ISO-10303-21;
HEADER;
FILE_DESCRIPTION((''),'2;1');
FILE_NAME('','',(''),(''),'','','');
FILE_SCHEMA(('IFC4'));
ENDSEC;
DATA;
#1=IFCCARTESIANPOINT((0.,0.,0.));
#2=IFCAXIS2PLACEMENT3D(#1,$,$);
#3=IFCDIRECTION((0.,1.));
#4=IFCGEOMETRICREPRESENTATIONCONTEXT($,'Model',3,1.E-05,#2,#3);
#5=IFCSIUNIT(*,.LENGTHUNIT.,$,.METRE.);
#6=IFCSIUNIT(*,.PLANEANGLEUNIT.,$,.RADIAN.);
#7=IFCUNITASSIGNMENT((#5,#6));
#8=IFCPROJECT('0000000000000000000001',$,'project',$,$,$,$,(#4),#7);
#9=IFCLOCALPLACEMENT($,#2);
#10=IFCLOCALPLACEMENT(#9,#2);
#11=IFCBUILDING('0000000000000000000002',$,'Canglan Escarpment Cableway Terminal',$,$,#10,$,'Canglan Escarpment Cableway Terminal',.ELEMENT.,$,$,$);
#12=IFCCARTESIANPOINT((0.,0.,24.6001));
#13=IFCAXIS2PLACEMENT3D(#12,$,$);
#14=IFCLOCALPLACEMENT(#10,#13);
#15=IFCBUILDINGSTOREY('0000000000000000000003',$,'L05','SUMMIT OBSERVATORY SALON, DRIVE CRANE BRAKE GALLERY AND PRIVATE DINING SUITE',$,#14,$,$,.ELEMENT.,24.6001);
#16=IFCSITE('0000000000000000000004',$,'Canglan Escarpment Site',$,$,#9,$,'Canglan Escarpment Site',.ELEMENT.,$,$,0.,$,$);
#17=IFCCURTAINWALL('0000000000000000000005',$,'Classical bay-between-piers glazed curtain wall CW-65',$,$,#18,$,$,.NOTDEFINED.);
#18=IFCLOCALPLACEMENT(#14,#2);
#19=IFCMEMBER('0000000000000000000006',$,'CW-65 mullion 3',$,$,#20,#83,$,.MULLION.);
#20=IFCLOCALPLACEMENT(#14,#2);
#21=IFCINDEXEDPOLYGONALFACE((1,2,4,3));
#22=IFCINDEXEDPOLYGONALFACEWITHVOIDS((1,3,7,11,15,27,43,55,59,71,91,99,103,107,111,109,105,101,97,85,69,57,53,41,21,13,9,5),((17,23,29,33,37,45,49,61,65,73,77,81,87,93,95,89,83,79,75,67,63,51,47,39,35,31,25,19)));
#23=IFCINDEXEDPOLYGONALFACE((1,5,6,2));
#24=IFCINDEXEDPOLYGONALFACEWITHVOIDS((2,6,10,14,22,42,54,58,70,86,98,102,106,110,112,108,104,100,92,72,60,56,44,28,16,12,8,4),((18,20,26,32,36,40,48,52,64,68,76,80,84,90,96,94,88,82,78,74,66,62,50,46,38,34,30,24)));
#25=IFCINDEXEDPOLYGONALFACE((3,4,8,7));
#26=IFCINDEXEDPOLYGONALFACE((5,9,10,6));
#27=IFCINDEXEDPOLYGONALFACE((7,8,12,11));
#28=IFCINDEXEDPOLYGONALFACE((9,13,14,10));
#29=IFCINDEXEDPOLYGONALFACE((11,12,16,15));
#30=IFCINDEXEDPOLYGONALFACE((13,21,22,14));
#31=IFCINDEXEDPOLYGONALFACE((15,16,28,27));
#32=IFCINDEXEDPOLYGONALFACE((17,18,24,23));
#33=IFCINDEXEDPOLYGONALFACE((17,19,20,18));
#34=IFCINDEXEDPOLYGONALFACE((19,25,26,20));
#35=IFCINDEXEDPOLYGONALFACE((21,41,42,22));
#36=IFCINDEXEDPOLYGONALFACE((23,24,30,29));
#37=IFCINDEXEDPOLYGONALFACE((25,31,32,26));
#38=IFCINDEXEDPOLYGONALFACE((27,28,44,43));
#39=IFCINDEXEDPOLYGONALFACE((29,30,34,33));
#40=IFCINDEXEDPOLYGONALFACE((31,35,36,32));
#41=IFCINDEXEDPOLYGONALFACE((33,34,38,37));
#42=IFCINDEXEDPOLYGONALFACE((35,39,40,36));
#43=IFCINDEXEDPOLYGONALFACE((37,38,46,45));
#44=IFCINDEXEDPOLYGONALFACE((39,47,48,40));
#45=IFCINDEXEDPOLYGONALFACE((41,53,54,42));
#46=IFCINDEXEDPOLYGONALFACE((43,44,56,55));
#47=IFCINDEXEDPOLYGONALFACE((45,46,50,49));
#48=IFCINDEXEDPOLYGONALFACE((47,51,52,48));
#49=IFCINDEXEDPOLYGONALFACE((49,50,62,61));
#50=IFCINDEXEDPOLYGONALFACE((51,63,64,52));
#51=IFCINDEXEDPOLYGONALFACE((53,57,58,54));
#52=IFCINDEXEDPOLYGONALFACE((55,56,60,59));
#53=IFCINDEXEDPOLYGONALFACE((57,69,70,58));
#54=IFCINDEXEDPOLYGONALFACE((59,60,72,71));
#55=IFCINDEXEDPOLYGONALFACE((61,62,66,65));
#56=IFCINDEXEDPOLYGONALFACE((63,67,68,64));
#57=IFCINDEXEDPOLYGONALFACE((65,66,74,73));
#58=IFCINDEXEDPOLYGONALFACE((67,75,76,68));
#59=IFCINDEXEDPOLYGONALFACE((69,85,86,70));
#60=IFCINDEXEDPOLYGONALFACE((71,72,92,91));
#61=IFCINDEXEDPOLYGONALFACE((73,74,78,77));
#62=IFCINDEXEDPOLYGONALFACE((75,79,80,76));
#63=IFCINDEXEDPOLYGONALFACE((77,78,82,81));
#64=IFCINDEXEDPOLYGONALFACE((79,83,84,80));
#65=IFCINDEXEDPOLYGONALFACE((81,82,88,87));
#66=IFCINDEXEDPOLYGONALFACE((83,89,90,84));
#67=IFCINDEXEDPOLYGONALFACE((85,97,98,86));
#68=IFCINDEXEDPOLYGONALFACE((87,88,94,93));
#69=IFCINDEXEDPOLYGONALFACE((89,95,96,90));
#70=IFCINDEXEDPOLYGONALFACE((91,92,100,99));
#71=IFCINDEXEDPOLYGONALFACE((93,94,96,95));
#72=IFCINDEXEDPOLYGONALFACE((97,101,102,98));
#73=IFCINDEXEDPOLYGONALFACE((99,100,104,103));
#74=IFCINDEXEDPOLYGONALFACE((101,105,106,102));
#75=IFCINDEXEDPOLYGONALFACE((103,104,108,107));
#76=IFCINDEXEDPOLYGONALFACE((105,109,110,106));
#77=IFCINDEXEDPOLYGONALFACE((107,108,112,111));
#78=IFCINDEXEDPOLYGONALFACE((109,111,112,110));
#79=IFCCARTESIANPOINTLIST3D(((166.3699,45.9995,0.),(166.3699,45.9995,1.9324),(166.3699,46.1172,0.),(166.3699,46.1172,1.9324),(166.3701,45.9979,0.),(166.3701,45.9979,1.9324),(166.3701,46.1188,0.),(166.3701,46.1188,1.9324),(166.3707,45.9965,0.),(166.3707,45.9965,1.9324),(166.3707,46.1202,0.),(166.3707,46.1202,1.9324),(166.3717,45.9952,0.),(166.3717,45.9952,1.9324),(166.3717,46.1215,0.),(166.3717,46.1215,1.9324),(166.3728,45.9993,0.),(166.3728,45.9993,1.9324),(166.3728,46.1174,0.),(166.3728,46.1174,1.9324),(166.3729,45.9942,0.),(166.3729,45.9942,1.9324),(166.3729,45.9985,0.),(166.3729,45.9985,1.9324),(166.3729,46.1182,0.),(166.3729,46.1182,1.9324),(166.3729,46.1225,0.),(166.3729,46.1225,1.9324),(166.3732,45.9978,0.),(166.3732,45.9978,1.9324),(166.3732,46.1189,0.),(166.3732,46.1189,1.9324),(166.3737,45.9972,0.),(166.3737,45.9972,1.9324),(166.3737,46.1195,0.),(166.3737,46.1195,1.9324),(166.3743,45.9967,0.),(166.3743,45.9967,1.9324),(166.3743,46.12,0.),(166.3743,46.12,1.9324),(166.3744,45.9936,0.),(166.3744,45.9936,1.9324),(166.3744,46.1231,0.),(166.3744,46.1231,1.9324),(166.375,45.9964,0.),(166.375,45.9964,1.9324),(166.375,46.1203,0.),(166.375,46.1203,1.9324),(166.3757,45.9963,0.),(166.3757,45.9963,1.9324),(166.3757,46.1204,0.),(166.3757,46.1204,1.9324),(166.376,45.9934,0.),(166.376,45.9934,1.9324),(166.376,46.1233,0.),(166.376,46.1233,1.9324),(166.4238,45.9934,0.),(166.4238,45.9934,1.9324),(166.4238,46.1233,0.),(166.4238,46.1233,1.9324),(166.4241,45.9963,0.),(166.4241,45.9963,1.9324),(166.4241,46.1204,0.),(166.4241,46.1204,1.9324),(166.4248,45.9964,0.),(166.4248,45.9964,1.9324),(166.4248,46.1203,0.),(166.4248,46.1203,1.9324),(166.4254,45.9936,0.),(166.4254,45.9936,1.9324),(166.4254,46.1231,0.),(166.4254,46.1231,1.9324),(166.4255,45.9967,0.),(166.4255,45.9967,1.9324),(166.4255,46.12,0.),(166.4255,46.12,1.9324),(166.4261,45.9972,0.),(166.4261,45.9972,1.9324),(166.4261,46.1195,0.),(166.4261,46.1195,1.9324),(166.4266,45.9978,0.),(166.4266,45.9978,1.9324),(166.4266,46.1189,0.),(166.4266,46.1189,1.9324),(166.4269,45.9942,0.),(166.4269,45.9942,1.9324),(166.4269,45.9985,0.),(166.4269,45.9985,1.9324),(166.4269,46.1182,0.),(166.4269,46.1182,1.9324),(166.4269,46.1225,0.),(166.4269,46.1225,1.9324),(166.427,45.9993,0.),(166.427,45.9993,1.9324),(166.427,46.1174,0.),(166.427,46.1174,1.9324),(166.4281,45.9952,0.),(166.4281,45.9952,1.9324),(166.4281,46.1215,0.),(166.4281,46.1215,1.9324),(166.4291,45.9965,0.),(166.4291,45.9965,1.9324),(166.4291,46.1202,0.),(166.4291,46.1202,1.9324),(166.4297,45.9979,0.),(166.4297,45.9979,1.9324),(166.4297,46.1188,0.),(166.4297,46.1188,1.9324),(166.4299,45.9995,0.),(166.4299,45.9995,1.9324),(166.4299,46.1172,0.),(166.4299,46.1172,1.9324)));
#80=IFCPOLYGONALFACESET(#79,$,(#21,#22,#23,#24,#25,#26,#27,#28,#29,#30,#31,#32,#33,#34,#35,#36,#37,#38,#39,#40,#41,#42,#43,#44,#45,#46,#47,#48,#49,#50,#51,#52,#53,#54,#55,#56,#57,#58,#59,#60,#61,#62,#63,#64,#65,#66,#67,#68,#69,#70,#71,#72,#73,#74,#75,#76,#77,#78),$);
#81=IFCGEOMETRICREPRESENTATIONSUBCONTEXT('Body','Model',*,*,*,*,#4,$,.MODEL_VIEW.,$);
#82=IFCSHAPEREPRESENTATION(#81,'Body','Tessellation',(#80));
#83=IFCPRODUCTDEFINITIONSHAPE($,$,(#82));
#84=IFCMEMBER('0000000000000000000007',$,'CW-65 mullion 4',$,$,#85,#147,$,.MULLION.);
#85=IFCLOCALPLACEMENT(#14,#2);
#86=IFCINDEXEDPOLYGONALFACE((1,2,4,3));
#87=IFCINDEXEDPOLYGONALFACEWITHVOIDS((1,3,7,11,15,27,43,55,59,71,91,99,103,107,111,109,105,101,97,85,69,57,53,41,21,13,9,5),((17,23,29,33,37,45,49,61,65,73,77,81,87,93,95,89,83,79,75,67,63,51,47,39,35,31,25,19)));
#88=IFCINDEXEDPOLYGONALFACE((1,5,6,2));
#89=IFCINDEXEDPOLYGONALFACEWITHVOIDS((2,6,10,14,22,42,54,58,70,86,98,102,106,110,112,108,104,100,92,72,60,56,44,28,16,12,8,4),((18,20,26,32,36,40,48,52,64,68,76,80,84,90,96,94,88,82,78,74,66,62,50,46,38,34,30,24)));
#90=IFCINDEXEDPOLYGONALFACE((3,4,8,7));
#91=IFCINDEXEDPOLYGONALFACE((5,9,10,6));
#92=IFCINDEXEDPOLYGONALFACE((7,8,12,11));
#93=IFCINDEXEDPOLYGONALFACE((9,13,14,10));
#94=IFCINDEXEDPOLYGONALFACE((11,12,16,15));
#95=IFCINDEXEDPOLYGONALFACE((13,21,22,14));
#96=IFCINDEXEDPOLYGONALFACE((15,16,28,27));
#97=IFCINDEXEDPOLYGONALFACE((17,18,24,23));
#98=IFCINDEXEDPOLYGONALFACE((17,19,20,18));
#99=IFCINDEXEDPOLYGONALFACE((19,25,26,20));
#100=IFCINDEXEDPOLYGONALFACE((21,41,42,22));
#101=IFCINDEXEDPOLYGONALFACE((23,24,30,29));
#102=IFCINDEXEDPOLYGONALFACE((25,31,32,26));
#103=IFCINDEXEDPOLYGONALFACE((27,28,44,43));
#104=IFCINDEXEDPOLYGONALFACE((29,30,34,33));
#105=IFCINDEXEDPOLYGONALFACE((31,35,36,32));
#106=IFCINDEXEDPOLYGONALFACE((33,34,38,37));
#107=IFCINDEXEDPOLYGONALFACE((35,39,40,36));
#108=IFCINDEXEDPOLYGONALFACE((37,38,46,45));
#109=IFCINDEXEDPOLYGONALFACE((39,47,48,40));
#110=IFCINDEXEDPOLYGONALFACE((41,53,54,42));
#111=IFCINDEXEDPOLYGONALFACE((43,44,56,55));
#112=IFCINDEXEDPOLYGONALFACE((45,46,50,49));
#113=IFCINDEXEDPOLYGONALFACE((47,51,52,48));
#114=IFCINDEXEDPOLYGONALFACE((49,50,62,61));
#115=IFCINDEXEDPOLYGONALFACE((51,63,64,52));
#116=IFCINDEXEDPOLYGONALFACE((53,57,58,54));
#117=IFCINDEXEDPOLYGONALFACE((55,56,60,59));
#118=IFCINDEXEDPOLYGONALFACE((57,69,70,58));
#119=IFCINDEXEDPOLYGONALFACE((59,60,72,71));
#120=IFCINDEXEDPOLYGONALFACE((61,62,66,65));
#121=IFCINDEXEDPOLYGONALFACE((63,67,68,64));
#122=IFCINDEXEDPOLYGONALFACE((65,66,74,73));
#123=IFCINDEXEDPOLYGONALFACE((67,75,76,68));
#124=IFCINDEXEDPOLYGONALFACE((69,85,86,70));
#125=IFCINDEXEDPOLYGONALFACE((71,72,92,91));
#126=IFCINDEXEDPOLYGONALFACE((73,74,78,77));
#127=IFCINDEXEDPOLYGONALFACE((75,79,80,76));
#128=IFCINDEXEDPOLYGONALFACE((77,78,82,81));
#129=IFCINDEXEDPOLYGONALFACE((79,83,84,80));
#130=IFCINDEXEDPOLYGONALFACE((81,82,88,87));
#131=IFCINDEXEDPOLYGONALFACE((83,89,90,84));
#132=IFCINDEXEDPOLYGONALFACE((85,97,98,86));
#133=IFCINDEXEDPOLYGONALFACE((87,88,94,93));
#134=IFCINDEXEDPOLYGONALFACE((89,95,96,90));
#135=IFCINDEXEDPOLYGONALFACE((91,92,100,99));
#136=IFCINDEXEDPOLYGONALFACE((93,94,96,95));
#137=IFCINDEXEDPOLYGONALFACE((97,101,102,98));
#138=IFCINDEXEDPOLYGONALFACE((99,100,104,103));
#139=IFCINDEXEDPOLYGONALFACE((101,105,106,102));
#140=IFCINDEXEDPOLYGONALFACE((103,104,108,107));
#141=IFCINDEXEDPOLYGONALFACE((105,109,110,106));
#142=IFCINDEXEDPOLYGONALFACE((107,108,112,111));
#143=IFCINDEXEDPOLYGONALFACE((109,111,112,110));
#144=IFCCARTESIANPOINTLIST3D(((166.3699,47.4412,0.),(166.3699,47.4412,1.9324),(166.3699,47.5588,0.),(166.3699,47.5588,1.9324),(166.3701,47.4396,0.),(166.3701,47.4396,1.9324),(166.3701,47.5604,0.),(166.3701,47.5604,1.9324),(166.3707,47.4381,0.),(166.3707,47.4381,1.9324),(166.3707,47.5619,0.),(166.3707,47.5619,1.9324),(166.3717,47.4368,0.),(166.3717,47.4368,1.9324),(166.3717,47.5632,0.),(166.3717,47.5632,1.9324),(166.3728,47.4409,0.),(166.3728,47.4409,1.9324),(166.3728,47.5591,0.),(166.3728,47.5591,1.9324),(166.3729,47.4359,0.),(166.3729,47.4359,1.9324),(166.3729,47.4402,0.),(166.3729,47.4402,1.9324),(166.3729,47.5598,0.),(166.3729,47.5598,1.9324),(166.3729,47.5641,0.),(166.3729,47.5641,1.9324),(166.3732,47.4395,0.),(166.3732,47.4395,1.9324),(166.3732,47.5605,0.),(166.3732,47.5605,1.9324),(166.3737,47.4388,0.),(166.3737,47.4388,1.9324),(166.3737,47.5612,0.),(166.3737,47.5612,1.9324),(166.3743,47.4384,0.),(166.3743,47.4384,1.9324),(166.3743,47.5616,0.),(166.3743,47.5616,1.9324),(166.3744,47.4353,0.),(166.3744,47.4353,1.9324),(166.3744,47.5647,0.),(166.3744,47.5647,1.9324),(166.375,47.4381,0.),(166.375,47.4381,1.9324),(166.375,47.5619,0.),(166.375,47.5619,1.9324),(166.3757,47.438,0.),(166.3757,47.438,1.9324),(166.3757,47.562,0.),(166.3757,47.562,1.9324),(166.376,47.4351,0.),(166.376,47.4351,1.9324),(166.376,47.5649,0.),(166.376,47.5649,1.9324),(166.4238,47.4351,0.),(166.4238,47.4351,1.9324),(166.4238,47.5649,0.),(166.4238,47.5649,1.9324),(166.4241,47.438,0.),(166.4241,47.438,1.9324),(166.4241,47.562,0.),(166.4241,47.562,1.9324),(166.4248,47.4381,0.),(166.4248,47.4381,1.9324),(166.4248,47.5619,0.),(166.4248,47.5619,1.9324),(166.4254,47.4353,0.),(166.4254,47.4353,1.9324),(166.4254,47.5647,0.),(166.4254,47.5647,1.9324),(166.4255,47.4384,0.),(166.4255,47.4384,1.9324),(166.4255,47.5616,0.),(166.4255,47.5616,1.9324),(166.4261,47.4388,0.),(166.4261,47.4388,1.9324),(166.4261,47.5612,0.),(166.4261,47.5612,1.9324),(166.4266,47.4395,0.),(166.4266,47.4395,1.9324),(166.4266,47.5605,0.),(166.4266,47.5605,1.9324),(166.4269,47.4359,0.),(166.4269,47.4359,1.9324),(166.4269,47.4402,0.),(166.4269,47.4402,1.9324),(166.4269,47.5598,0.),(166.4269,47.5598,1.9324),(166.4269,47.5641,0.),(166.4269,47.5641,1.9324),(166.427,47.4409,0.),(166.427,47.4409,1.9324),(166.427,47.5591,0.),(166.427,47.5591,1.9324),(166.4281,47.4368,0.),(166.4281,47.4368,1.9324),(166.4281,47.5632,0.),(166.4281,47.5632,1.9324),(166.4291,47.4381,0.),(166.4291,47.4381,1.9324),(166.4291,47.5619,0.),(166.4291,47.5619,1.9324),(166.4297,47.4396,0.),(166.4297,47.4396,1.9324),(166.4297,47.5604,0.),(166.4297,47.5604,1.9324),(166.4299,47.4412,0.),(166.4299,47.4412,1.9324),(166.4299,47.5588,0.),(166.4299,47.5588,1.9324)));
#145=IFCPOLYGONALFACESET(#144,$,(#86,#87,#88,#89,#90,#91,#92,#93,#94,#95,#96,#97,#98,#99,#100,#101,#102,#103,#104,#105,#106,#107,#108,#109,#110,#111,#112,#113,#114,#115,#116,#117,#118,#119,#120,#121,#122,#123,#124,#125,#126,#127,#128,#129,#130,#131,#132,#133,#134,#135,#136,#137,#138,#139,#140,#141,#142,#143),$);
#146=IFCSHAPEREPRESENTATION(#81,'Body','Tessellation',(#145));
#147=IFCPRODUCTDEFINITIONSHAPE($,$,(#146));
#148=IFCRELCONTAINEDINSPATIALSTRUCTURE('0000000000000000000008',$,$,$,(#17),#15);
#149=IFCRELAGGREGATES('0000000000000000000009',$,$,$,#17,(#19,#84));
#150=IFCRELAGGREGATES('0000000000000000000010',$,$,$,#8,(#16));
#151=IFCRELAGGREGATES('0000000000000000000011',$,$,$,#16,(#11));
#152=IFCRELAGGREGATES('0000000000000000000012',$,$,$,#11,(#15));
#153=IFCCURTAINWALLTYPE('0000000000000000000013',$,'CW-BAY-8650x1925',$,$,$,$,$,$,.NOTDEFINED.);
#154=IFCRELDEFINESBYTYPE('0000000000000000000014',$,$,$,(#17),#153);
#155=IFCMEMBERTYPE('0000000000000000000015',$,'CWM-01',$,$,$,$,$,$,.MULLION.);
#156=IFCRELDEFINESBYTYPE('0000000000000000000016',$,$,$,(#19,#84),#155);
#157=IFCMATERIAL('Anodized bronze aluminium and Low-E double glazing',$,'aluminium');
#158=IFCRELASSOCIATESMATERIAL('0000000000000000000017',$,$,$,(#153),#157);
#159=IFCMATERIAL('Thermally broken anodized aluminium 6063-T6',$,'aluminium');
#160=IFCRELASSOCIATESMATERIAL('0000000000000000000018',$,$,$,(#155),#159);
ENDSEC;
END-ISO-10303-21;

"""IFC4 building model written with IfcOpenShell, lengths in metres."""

from ifc_helpers import new_model, si_unit, direction, frame, origin, origin_2d, place, context, subcontext, project, spatial, hollow_rectangle, extrude, material, material_profile, profile_set, type_object, element, aggregate, save


model = new_model("IFC4")

# Units and contexts
model_context = context("Model", 3, precision=1e-05, world=origin(), true_north=direction((0.0, 1.0)))
body_context = subcontext(model_context, "Body", "Model", "MODEL_VIEW")
ifc_project = project(units=[si_unit("LENGTHUNIT", "METRE"), si_unit("PLANEANGLEUNIT", "RADIAN")], contexts=[model_context])

# Site, building, storey
site_placement = place(None, origin())
site = spatial("IfcSite", under=ifc_project, at=site_placement, Name="Canglan Escarpment Site", LongName="Canglan Escarpment Site", CompositionType="ELEMENT", RefElevation=0.0)
building_placement = place(site_placement, origin())
building = spatial("IfcBuilding", under=site, at=building_placement, Name="Canglan Escarpment Cableway Terminal", LongName="Canglan Escarpment Cableway Terminal", CompositionType="ELEMENT")
storey_placement = place(building_placement, frame((0.0, 0.0, 24.6001)))
storey = spatial("IfcBuildingStorey", under=building, at=storey_placement, Name="L05", Description="SUMMIT OBSERVATORY SALON, DRIVE CRANE BRAKE GALLERY AND PRIVATE DINING SUITE", CompositionType="ELEMENT", Elevation=24.6001)

# Curtain wall, members
ifc_material_1 = material(Name="Anodized bronze aluminium and Low-E double glazing", Category="aluminium")
curtain_wall_type = type_object("IfcCurtainWallType", Name="CW-BAY-8650x1925", PredefinedType="NOTDEFINED", material=ifc_material_1)
curtain_wall_placement = place(storey_placement, origin())
curtain_wall = element("IfcCurtainWall", 1, at=curtain_wall_placement, inside=storey, type_object=curtain_wall_type, Name="Classical bay-between-piers glazed curtain wall CW-65", PredefinedType="NOTDEFINED")
ifc_material_2 = material(Name="Thermally broken anodized aluminium 6063-T6", Category="aluminium")
ifc_material_profile_1 = material_profile(ifc_material_2, hollow_rectangle(XDim=0.0601, YDim=0.1299, WallThickness=0.0029, InnerFilletRadius=0.0029, OuterFilletRadius=0.0061, at=origin_2d()), Name="ALU-MULL 60x130x3")
ifc_profile_set_1 = profile_set([ifc_material_profile_1], Name="Thermally broken anodized aluminium 6063-T6")
member_type_1 = type_object("IfcMemberType", Name="CWM-01", PredefinedType="MULLION", material=ifc_profile_set_1)
member_1_placement = place(storey_placement, frame((166.3999, 46.0583, 0.0), z_axis=(0.0, 0.0, 1.0), x_axis=(-1.0, 0.0, 0.0)))
member_1 = element("IfcMember", 2, at=member_1_placement, type_object=member_type_1, Name="CW-65 mullion 3", PredefinedType="MULLION", context=body_context, shape_type="SweptSolid", body=[
    extrude(hollow_rectangle(XDim=0.0601, YDim=0.1299, WallThickness=0.0029, InnerFilletRadius=0.0029, OuterFilletRadius=0.0061, at=origin_2d()), origin(), (0.0, 0.0, 1.0), 1.9324),
])
member_2_placement = place(storey_placement, frame((166.3999, 47.5, 0.0), z_axis=(0.0, 0.0, 1.0), x_axis=(-1.0, 0.0, 0.0)))
member_2 = element("IfcMember", 3, at=member_2_placement, type_object=member_type_1, Name="CW-65 mullion 4", PredefinedType="MULLION", context=body_context, shape_type="SweptSolid", body=[
    extrude(hollow_rectangle(XDim=0.0601, YDim=0.1299, WallThickness=0.0029, InnerFilletRadius=0.0029, OuterFilletRadius=0.0061, at=origin_2d()), origin(), (0.0, 0.0, 1.0), 1.9324),
])

aggregate(curtain_wall, [member_1, member_2])

save(model, "model.ifc")
